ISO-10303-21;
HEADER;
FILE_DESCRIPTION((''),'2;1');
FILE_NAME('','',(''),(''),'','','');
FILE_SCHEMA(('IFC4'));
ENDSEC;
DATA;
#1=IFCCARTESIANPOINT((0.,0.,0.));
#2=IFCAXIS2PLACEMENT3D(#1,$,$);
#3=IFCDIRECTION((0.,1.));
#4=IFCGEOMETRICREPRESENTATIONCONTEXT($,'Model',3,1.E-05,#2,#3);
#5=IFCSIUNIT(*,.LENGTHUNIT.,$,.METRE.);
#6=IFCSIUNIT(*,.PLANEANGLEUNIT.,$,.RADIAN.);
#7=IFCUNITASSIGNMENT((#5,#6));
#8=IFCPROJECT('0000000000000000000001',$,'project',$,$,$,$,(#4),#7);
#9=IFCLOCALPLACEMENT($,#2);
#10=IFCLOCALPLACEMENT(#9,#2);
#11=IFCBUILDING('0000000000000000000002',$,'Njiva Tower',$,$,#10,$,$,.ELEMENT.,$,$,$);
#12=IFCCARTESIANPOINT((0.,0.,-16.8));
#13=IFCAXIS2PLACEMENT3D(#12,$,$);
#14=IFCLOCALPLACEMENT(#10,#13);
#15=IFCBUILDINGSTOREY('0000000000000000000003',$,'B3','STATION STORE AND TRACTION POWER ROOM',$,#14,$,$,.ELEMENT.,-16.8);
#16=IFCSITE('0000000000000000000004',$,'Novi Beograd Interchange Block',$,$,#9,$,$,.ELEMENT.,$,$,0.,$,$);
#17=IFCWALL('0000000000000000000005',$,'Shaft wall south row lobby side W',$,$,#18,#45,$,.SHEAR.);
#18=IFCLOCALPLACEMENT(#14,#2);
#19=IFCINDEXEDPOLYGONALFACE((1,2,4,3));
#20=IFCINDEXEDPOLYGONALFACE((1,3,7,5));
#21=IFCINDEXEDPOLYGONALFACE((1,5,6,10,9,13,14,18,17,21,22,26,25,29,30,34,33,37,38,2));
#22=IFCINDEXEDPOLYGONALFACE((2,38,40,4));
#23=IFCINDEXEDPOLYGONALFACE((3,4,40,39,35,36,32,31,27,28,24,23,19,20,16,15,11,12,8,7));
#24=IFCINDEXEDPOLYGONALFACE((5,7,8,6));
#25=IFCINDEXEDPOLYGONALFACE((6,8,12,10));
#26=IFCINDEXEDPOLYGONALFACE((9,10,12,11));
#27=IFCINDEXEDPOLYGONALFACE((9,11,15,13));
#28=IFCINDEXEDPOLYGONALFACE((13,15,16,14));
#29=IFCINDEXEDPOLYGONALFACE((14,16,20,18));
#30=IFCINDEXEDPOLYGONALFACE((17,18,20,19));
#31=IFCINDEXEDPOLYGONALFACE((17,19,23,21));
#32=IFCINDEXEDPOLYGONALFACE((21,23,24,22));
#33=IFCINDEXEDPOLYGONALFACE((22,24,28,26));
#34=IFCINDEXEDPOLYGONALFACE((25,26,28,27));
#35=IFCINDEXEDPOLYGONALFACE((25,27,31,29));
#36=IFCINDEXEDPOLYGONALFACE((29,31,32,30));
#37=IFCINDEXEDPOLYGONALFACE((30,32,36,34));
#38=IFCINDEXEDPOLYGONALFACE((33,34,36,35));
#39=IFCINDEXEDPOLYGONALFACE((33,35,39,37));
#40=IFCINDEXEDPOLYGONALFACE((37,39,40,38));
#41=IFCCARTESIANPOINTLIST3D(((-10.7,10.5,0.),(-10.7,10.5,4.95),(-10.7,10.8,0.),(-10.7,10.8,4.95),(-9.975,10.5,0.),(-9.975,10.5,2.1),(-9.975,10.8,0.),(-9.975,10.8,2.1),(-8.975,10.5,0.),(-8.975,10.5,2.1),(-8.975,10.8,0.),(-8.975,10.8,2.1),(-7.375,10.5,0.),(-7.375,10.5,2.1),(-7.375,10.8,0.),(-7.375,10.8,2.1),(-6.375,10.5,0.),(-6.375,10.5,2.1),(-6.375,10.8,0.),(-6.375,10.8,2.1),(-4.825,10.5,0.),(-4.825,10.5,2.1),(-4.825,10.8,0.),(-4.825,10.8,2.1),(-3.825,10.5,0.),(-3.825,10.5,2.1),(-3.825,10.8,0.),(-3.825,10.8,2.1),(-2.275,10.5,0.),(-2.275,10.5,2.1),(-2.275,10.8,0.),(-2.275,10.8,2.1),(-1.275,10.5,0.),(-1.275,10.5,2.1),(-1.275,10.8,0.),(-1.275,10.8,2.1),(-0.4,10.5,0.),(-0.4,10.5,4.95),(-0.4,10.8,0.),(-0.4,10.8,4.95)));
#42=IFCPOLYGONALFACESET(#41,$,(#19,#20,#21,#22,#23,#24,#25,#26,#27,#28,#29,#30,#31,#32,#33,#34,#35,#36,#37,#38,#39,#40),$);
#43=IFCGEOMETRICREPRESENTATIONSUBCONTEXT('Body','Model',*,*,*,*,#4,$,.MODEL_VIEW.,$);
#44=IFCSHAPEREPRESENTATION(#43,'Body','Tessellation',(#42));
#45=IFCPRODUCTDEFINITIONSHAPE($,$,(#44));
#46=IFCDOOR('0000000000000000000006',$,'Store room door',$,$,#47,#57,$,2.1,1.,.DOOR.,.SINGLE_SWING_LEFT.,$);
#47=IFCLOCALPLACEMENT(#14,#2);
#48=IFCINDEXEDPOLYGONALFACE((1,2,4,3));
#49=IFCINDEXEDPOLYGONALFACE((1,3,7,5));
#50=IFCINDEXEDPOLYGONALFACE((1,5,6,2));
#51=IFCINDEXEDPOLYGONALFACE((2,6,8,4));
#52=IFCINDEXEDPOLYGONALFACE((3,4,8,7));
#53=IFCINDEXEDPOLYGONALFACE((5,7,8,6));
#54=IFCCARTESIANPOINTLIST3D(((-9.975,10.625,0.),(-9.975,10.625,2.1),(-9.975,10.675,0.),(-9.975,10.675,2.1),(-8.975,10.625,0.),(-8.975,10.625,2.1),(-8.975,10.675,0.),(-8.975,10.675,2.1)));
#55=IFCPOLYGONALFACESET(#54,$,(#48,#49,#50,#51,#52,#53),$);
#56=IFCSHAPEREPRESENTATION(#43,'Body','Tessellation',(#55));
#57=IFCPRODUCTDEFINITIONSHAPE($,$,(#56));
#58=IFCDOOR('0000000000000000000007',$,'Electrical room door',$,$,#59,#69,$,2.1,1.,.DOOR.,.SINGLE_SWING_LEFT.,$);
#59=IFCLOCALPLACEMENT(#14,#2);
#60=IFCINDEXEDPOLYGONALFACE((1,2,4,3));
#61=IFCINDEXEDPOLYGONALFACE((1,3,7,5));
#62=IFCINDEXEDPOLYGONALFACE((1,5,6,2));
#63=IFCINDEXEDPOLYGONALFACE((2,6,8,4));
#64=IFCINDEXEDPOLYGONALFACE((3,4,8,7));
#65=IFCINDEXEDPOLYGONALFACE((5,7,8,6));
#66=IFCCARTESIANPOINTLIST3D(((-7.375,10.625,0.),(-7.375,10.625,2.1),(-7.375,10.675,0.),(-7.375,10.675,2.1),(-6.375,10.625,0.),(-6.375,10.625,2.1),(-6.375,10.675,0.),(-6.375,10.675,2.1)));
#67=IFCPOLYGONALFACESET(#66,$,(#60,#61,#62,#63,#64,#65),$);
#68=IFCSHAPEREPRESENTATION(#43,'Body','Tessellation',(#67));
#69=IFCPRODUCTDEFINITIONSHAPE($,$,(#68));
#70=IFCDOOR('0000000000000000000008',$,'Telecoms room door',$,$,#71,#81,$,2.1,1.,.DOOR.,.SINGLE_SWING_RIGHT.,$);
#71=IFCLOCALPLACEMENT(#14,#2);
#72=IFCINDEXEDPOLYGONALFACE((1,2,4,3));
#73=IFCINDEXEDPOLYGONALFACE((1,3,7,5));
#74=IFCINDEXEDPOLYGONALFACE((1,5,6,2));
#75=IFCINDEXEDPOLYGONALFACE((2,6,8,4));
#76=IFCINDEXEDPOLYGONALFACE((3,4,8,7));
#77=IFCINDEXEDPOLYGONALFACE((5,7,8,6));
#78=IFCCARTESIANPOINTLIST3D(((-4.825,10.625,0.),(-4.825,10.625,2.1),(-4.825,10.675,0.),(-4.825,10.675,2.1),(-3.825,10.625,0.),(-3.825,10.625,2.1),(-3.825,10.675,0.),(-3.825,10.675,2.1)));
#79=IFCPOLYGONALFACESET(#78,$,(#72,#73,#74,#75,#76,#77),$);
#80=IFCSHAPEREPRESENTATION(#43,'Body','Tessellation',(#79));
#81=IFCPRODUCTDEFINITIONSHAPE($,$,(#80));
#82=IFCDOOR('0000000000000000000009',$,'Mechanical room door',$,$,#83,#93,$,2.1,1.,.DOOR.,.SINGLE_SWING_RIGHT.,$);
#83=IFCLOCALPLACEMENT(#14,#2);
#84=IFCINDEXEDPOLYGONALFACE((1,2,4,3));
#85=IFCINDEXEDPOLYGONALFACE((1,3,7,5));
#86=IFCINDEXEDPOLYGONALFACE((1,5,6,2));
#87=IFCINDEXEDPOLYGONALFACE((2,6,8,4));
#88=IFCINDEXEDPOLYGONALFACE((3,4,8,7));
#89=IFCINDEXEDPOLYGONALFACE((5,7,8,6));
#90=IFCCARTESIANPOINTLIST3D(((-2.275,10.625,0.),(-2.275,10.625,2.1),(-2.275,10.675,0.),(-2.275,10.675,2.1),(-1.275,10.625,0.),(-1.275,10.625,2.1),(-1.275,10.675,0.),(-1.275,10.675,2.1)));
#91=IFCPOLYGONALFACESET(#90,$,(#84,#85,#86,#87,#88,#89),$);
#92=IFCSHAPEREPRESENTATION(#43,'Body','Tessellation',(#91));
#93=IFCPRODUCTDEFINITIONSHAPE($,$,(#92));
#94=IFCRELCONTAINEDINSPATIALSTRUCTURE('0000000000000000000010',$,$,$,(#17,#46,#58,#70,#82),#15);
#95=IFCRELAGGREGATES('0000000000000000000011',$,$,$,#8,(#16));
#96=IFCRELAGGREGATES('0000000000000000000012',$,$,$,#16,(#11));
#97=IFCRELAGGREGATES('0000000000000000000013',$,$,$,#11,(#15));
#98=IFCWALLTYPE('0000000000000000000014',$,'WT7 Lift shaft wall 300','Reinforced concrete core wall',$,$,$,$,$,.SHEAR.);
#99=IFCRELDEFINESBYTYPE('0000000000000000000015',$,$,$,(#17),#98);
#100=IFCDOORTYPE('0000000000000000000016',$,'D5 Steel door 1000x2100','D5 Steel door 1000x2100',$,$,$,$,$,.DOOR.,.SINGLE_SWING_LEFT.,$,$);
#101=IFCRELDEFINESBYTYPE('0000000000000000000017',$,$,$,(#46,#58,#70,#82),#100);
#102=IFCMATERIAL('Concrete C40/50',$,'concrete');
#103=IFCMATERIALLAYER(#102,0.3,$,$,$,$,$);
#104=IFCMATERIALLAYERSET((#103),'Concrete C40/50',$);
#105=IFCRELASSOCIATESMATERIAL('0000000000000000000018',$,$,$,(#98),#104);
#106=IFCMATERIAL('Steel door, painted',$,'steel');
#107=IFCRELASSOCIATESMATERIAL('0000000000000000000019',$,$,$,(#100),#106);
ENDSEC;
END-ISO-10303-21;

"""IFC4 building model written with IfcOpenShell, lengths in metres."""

from ifc_helpers import new_model, si_unit, direction, frame, frame_2d, origin, place, context, subcontext, project, spatial, rectangle, extrude, material, layer, layer_set, type_object, element, fill, save


model = new_model("IFC4")

# Units and contexts
model_context = context("Model", 3, precision=1e-05, world=origin(), true_north=direction((0.0, 1.0)))
body_context = subcontext(model_context, "Body", "Model", "MODEL_VIEW")
ifc_project = project(units=[si_unit("LENGTHUNIT", "METRE"), si_unit("PLANEANGLEUNIT", "RADIAN")], contexts=[model_context])

# Site, building, storey
site_placement = place(None, origin())
site = spatial("IfcSite", under=ifc_project, at=site_placement, Name="Novi Beograd Interchange Block", CompositionType="ELEMENT", RefElevation=0.0)
building_placement = place(site_placement, origin())
building = spatial("IfcBuilding", under=site, at=building_placement, Name="Njiva Tower", CompositionType="ELEMENT")
storey_placement = place(building_placement, frame((0.0, 0.0, -16.8)))
storey = spatial("IfcBuildingStorey", under=building, at=storey_placement, Name="B3", Description="STATION STORE AND TRACTION POWER ROOM", CompositionType="ELEMENT", Elevation=-16.8)

# Shared definitions
ifc_material_1 = material(Name="Concrete C40/50", Category="concrete")

# Wall, openings, doors
ifc_layer_1 = layer(ifc_material_1, 0.3)
ifc_layer_set_1 = layer_set([ifc_layer_1], Name="Concrete C40/50")
wall_type_1 = type_object("IfcWallType", Name="WT7 Lift shaft wall 300", Description="Reinforced concrete core wall", PredefinedType="SHEAR", material=ifc_layer_set_1)
ifc_material_2 = material(Name="Steel door, painted", Category="steel")
door_type_1 = type_object("IfcDoorType", Name="D5 Steel door 1000x2100", Description="D5 Steel door 1000x2100", OperationType="SINGLE_SWING_LEFT", PredefinedType="DOOR", material=ifc_material_2)
wall_1_placement = place(storey_placement, frame((-10.7, 10.65, 0.0), z_axis=(0.0, 0.0, 1.0), x_axis=(1.0, 0.0, 0.0)))
wall_1 = element("IfcWall", 1, at=wall_1_placement, inside=storey, type_object=wall_type_1, Name="Shaft wall south row lobby side W", PredefinedType="SHEAR", context=body_context, shape_type="SweptSolid", body=[
    extrude(rectangle(XDim=10.3, YDim=0.3, at=frame_2d((5.15, 0.0))), origin(), (0.0, 0.0, 1.0), 4.95),
])
opening_1_placement = place(wall_1_placement, frame((0.725, 0.0, 0.0)))
opening_1 = element("IfcOpeningElement", 2, at=opening_1_placement, cuts=wall_1, PredefinedType="OPENING", context=body_context, shape_type="SweptSolid", body=[
    extrude(rectangle(XDim=1.0, YDim=2.1, at=frame_2d((0.5, 1.05))), frame((0.0, 0.16, 0.0), z_axis=(0.0, -1.0, 0.0), x_axis=(1.0, 0.0, 0.0)), (0.0, 0.0, 1.0), 0.32),
])
opening_2_placement = place(wall_1_placement, frame((3.325, 0.0, 0.0)))
opening_2 = element("IfcOpeningElement", 3, at=opening_2_placement, cuts=wall_1, PredefinedType="OPENING", context=body_context, shape_type="SweptSolid", body=[
    extrude(rectangle(XDim=1.0, YDim=2.1, at=frame_2d((0.5, 1.05))), frame((0.0, 0.16, 0.0), z_axis=(0.0, -1.0, 0.0), x_axis=(1.0, 0.0, 0.0)), (0.0, 0.0, 1.0), 0.32),
])
opening_3_placement = place(wall_1_placement, frame((5.875, 0.0, 0.0)))
opening_3 = element("IfcOpeningElement", 4, at=opening_3_placement, cuts=wall_1, PredefinedType="OPENING", context=body_context, shape_type="SweptSolid", body=[
    extrude(rectangle(XDim=1.0, YDim=2.1, at=frame_2d((0.5, 1.05))), frame((0.0, 0.16, 0.0), z_axis=(0.0, -1.0, 0.0), x_axis=(1.0, 0.0, 0.0)), (0.0, 0.0, 1.0), 0.32),
])
opening_4_placement = place(wall_1_placement, frame((8.425, 0.0, 0.0)))
opening_4 = element("IfcOpeningElement", 5, at=opening_4_placement, cuts=wall_1, PredefinedType="OPENING", context=body_context, shape_type="SweptSolid", body=[
    extrude(rectangle(XDim=1.0, YDim=2.1, at=frame_2d((0.5, 1.05))), frame((0.0, 0.16, 0.0), z_axis=(0.0, -1.0, 0.0), x_axis=(1.0, 0.0, 0.0)), (0.0, 0.0, 1.0), 0.32),
])
door_1_placement = place(opening_1_placement, origin())
door_1 = element("IfcDoor", 6, at=door_1_placement, inside=storey, type_object=door_type_1, Name="Store room door", OperationType="SINGLE_SWING_LEFT", OverallHeight=2.1, OverallWidth=1.0, PredefinedType="DOOR", context=body_context, shape_type="SweptSolid", body=[
    extrude(rectangle(XDim=1.0, YDim=2.1, at=frame_2d((0.5, 1.05))), frame((0.0, 0.025, 0.0), z_axis=(0.0, -1.0, 0.0), x_axis=(1.0, 0.0, 0.0)), (0.0, 0.0, 1.0), 0.05),
])
fill(opening_1, door_1)
door_2_placement = place(opening_2_placement, origin())
door_2 = element("IfcDoor", 7, at=door_2_placement, inside=storey, type_object=door_type_1, Name="Electrical room door", OperationType="SINGLE_SWING_LEFT", OverallHeight=2.1, OverallWidth=1.0, PredefinedType="DOOR", context=body_context, shape_type="SweptSolid", body=[
    extrude(rectangle(XDim=1.0, YDim=2.1, at=frame_2d((0.5, 1.05))), frame((0.0, 0.025, 0.0), z_axis=(0.0, -1.0, 0.0), x_axis=(1.0, 0.0, 0.0)), (0.0, 0.0, 1.0), 0.05),
])
fill(opening_2, door_2)
door_3_placement = place(opening_3_placement, origin())
door_3 = element("IfcDoor", 8, at=door_3_placement, inside=storey, type_object=door_type_1, Name="Telecoms room door", OperationType="SINGLE_SWING_RIGHT", OverallHeight=2.1, OverallWidth=1.0, PredefinedType="DOOR", context=body_context, shape_type="SweptSolid", body=[
    extrude(rectangle(XDim=1.0, YDim=2.1, at=frame_2d((0.5, 1.05))), frame((0.0, 0.025, 0.0), z_axis=(0.0, -1.0, 0.0), x_axis=(1.0, 0.0, 0.0)), (0.0, 0.0, 1.0), 0.05),
])
fill(opening_3, door_3)
door_4_placement = place(opening_4_placement, origin())
door_4 = element("IfcDoor", 9, at=door_4_placement, inside=storey, type_object=door_type_1, Name="Mechanical room door", OperationType="SINGLE_SWING_RIGHT", OverallHeight=2.1, OverallWidth=1.0, PredefinedType="DOOR", context=body_context, shape_type="SweptSolid", body=[
    extrude(rectangle(XDim=1.0, YDim=2.1, at=frame_2d((0.5, 1.05))), frame((0.0, 0.025, 0.0), z_axis=(0.0, -1.0, 0.0), x_axis=(1.0, 0.0, 0.0)), (0.0, 0.0, 1.0), 0.05),
])
fill(opening_4, door_4)

save(model, "model.ifc")
